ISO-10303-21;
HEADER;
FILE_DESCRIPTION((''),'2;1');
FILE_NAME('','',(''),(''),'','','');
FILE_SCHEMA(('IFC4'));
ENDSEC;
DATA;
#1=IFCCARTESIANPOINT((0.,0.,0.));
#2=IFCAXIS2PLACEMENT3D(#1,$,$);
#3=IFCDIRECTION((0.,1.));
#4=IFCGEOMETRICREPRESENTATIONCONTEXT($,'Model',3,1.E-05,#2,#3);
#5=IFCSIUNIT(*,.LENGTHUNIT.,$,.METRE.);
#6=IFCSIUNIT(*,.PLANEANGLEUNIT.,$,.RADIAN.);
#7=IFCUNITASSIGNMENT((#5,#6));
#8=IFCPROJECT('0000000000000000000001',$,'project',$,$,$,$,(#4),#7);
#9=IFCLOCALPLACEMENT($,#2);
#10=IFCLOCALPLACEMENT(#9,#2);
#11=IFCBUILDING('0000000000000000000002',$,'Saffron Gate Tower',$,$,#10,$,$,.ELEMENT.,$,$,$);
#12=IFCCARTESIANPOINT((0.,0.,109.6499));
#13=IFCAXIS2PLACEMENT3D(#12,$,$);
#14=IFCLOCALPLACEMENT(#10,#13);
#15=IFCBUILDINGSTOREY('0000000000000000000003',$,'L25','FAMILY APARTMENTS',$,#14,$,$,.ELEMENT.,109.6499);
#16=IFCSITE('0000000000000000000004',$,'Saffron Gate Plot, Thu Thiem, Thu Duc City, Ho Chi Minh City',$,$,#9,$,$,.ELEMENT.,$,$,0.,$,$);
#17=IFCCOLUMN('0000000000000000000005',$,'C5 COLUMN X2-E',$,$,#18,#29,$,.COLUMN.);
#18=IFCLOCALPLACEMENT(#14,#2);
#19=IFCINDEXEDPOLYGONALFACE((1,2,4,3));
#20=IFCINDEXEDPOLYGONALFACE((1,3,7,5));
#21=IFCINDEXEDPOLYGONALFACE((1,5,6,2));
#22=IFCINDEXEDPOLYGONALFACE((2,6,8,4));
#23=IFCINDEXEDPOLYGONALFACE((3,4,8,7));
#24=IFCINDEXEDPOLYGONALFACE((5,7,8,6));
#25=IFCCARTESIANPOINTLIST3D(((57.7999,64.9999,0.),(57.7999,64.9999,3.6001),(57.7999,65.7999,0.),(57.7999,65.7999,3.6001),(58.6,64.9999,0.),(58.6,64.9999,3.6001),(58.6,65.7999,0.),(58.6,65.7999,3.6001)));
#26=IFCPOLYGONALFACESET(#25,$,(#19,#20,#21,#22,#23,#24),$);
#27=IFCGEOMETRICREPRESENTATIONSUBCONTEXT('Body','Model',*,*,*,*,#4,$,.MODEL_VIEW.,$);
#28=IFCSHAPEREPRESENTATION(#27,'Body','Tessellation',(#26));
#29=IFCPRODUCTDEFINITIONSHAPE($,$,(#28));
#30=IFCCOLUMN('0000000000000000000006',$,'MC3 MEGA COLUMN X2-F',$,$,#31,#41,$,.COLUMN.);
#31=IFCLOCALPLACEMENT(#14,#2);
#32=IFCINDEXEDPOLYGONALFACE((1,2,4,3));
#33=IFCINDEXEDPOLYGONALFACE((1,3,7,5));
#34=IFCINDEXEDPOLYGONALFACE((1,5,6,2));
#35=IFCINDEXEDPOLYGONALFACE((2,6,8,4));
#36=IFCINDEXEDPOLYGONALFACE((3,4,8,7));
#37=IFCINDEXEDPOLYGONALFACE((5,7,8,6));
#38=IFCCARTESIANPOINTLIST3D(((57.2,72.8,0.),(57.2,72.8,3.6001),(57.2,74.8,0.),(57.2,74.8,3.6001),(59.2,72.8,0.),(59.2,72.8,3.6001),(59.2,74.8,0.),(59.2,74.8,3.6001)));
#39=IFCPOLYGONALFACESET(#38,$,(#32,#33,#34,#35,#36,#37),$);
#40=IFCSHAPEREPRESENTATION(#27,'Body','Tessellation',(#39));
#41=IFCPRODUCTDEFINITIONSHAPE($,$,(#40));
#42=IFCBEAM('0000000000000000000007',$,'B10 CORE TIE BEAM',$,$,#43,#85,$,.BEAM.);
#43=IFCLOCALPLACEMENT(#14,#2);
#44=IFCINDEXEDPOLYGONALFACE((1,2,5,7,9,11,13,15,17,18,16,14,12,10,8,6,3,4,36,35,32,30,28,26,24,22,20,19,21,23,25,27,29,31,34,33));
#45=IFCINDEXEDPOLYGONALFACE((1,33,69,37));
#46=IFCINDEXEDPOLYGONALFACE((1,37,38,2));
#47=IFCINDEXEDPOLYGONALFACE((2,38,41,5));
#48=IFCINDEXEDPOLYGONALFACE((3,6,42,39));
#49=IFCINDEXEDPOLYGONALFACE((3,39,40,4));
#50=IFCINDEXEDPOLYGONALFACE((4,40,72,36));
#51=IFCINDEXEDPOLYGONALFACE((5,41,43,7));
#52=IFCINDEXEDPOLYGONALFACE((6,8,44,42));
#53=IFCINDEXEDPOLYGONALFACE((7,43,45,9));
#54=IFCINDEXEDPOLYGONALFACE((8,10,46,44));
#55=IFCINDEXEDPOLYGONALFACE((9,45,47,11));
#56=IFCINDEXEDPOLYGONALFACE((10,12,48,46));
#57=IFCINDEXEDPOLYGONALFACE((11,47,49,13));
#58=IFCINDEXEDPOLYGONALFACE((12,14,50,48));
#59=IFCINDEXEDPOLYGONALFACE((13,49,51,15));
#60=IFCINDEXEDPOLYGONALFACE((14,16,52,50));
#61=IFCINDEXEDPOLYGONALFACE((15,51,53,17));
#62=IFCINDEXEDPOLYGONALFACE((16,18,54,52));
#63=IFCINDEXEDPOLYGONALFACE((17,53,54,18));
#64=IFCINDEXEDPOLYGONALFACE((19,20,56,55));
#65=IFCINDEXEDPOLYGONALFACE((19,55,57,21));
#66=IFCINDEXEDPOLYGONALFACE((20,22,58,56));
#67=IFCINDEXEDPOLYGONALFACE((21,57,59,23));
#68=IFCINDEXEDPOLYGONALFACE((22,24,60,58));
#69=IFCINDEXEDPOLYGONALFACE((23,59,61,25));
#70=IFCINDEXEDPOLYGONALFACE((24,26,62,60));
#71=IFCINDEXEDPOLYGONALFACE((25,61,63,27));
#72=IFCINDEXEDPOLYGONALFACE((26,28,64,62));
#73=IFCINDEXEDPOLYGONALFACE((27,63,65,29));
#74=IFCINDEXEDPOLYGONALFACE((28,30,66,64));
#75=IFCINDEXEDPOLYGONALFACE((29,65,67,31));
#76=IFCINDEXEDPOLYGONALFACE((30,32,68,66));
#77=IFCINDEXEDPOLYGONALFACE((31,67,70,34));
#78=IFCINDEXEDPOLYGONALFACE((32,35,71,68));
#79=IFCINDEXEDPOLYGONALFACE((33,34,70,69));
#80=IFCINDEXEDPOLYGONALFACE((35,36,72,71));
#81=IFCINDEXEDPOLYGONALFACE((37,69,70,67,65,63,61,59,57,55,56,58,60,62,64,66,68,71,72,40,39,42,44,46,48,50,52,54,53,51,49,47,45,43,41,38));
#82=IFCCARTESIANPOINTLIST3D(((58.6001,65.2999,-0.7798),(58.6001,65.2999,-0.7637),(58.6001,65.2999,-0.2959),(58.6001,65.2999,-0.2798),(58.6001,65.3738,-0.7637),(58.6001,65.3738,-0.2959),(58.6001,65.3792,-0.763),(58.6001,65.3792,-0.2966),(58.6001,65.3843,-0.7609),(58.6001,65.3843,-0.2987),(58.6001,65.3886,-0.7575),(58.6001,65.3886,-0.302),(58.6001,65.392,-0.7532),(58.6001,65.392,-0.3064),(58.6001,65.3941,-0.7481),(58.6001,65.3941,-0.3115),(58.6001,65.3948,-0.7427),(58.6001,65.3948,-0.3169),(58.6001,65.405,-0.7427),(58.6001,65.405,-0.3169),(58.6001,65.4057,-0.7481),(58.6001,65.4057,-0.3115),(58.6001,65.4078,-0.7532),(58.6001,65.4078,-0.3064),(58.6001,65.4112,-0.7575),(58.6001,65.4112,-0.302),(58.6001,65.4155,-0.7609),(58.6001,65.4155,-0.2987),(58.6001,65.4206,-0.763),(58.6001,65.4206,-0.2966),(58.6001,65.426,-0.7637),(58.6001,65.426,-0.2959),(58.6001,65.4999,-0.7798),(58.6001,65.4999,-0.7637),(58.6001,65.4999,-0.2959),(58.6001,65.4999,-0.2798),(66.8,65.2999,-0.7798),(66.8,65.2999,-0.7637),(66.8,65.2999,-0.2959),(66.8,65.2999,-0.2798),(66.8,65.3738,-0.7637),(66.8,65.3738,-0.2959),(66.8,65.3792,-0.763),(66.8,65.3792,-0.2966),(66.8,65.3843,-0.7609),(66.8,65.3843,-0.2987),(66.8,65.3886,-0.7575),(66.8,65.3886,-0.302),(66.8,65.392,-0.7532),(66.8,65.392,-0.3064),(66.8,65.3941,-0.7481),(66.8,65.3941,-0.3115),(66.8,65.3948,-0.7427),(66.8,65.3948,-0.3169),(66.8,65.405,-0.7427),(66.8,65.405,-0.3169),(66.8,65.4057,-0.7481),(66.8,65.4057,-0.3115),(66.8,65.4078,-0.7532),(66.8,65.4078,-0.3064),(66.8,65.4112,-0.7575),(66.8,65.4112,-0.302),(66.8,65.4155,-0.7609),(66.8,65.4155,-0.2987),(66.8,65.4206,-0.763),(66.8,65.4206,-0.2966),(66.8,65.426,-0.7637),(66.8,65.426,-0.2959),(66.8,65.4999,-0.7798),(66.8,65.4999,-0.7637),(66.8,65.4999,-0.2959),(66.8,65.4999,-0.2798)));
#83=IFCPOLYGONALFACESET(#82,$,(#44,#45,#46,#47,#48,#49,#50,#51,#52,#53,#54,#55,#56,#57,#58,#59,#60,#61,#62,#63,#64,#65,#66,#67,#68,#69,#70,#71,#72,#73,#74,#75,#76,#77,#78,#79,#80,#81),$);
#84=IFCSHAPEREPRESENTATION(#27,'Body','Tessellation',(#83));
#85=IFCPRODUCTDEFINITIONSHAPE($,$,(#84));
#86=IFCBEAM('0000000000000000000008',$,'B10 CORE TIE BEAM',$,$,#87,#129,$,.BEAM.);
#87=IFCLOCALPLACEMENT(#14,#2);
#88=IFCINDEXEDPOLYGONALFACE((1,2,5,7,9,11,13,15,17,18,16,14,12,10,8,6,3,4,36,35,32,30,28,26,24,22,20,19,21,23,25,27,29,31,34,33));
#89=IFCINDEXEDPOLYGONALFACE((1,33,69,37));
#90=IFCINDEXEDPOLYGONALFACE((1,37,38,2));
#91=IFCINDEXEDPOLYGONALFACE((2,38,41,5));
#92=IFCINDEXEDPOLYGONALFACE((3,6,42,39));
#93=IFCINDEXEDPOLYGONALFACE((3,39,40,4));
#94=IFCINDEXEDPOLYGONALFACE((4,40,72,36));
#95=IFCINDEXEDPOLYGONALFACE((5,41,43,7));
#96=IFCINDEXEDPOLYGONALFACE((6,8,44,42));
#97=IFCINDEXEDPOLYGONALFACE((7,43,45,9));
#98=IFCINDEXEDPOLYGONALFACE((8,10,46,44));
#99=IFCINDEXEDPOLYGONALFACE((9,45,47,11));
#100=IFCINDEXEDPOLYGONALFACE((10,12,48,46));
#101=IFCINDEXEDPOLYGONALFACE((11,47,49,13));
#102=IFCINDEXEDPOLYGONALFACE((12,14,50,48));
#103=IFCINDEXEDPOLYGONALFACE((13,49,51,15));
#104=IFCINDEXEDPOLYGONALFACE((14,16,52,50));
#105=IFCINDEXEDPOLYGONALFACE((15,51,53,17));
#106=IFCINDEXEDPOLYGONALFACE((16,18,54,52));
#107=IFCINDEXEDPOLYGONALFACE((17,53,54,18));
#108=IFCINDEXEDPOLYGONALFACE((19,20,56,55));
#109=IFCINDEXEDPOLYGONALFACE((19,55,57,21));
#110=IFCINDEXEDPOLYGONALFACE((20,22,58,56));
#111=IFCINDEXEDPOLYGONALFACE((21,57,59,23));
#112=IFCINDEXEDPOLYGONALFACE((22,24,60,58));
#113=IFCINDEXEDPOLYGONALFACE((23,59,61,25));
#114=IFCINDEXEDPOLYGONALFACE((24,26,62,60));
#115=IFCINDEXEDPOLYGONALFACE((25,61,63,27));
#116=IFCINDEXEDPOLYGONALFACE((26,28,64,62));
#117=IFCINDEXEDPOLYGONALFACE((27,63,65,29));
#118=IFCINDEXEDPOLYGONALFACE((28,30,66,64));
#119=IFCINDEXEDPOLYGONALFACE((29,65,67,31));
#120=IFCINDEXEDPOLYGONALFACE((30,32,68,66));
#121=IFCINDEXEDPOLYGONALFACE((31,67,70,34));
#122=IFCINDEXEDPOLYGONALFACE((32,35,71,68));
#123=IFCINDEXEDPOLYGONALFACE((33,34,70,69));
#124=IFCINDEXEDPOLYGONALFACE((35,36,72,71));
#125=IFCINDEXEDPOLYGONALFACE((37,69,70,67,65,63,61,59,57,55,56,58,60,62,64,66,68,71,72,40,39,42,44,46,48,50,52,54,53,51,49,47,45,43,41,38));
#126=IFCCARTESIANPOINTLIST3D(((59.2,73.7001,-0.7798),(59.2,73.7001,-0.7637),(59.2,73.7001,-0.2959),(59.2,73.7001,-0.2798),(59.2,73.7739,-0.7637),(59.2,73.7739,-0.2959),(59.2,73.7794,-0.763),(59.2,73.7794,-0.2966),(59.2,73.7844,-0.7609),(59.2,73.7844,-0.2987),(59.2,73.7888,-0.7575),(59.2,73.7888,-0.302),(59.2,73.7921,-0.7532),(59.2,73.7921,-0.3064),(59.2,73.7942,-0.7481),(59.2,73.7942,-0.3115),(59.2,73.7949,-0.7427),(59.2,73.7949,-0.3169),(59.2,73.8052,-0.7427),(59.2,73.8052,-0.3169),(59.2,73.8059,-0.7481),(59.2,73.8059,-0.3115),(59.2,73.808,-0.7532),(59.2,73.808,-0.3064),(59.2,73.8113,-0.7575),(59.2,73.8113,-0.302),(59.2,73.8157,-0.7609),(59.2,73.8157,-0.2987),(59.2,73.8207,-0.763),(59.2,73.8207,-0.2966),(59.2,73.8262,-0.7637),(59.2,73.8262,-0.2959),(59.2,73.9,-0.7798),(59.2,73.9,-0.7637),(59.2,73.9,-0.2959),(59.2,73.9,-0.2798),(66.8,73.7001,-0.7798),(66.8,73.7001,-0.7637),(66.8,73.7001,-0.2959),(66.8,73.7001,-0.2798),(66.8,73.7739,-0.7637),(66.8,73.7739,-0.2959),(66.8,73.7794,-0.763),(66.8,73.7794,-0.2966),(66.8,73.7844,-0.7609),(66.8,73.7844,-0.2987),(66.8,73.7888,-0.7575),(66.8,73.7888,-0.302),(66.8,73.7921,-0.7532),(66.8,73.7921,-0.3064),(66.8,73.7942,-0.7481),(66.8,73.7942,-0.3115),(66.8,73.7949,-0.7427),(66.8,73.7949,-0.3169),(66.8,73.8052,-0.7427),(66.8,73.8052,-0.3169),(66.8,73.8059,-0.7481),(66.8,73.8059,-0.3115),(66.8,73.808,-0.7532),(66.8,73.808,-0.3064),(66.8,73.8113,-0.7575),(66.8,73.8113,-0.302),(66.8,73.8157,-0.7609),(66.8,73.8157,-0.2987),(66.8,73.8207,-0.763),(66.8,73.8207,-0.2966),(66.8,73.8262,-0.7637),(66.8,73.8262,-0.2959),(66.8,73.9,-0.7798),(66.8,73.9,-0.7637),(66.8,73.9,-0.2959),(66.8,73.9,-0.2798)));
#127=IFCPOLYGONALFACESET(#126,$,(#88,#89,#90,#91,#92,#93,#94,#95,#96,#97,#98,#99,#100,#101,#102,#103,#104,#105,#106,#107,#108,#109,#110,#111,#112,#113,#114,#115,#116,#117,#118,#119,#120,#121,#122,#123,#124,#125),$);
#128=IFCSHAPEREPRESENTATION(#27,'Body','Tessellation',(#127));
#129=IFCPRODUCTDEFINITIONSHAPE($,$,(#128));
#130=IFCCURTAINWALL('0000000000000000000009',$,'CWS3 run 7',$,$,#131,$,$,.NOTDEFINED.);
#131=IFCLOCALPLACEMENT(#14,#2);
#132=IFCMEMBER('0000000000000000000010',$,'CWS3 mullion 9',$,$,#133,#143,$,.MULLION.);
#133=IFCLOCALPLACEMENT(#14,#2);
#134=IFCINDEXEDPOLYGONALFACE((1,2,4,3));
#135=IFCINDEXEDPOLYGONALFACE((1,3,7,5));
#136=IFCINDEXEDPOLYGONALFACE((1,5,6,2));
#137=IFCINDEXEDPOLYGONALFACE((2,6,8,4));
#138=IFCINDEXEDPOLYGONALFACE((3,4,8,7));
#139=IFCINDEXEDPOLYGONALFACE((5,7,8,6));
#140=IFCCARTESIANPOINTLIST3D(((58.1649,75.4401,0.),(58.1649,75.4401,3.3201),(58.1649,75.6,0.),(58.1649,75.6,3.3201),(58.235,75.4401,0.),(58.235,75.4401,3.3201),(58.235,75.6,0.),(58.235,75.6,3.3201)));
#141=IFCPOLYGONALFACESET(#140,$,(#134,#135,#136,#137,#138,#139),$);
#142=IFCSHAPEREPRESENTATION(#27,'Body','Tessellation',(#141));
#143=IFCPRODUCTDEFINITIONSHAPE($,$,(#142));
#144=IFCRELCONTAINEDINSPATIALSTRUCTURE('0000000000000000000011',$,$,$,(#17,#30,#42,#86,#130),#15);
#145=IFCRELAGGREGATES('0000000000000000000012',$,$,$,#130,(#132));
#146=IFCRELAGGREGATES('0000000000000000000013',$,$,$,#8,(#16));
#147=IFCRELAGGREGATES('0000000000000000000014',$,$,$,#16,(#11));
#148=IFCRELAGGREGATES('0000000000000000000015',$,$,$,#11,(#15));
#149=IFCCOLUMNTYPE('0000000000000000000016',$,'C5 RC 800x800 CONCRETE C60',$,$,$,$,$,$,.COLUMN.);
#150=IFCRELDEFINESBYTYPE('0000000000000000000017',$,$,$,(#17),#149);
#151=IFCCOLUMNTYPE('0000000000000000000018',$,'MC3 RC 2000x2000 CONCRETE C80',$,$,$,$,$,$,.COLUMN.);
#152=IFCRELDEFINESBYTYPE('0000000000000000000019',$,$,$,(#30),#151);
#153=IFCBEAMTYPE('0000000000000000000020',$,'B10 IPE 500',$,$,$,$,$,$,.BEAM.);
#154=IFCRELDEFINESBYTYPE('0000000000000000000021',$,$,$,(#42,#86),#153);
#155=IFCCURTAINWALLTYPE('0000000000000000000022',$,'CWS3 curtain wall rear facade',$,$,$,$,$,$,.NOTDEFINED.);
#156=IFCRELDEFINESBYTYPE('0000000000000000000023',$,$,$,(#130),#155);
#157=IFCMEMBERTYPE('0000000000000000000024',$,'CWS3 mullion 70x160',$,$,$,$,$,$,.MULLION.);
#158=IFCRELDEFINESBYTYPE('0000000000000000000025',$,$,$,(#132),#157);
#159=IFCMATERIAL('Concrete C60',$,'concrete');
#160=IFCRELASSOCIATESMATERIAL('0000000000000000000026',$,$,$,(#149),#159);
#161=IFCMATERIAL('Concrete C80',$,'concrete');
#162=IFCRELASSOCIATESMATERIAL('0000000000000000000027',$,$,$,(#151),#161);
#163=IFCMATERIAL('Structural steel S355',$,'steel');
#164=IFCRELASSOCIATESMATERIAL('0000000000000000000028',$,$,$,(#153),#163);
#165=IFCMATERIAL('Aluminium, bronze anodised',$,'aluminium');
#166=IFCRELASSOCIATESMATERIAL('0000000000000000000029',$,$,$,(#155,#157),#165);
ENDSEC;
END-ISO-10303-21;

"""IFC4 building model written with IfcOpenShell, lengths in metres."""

from ifc_helpers import new_model, si_unit, direction, frame, origin, origin_2d, place, context, subcontext, project, spatial, rectangle, i_section, extrude, material, material_profile, profile_set, type_object, element, aggregate, save


model = new_model("IFC4")

# Units and contexts
model_context = context("Model", 3, precision=1e-05, world=origin(), true_north=direction((0.0, 1.0)))
body_context = subcontext(model_context, "Body", "Model", "MODEL_VIEW")
ifc_project = project(units=[si_unit("LENGTHUNIT", "METRE"), si_unit("PLANEANGLEUNIT", "RADIAN")], contexts=[model_context])

# Site, building, storey
site_placement = place(None, origin())
site = spatial("IfcSite", under=ifc_project, at=site_placement, Name="Saffron Gate Plot, Thu Thiem, Thu Duc City, Ho Chi Minh City", CompositionType="ELEMENT", RefElevation=0.0)
building_placement = place(site_placement, origin())
building = spatial("IfcBuilding", under=site, at=building_placement, Name="Saffron Gate Tower", CompositionType="ELEMENT")
storey_placement = place(building_placement, frame((0.0, 0.0, 109.6499)))
storey = spatial("IfcBuildingStorey", under=building, at=storey_placement, Name="L25", Description="FAMILY APARTMENTS", CompositionType="ELEMENT", Elevation=109.6499)

# Columns
ifc_material_1 = material(Name="Concrete C60", Category="concrete")
ifc_material_profile_1 = material_profile(ifc_material_1, rectangle(XDim=0.8, YDim=0.8, at=origin_2d()))
ifc_profile_set_1 = profile_set([ifc_material_profile_1], Name="Concrete C60")
column_type_1 = type_object("IfcColumnType", Name="C5 RC 800x800 CONCRETE C60", PredefinedType="COLUMN", material=ifc_profile_set_1)
column_1_placement = place(storey_placement, frame((58.2, 65.3999, 0.0), z_axis=(0.0, 0.0, 1.0), x_axis=(1.0, 0.0, 0.0)))
element("IfcColumn", 1, at=column_1_placement, inside=storey, type_object=column_type_1, Name="C5 COLUMN X2-E", PredefinedType="COLUMN", context=body_context, shape_type="SweptSolid", body=[
    extrude(rectangle(XDim=0.8, YDim=0.8, at=origin_2d()), origin(), (0.0, 0.0, 1.0), 3.6001),
])
ifc_material_2 = material(Name="Concrete C80", Category="concrete")
ifc_material_profile_2 = material_profile(ifc_material_2, rectangle(XDim=2.0, YDim=2.0, at=origin_2d()))
ifc_profile_set_2 = profile_set([ifc_material_profile_2], Name="Concrete C80")
column_type_2 = type_object("IfcColumnType", Name="MC3 RC 2000x2000 CONCRETE C80", PredefinedType="COLUMN", material=ifc_profile_set_2)
column_2_placement = place(storey_placement, frame((58.2, 73.8, 0.0), z_axis=(0.0, 0.0, 1.0), x_axis=(1.0, 0.0, 0.0)))
element("IfcColumn", 2, at=column_2_placement, inside=storey, type_object=column_type_2, Name="MC3 MEGA COLUMN X2-F", PredefinedType="COLUMN", context=body_context, shape_type="SweptSolid", body=[
    extrude(rectangle(XDim=2.0, YDim=2.0, at=origin_2d()), origin(), (0.0, 0.0, 1.0), 3.6001),
])

# Beams
ifc_material_3 = material(Name="Structural steel S355", Category="steel")
ifc_material_profile_3 = material_profile(ifc_material_3, i_section(OverallWidth=0.2, OverallDepth=0.5, WebThickness=0.0103, FlangeThickness=0.0161, FilletRadius=0.021, at=origin_2d()))
ifc_profile_set_3 = profile_set([ifc_material_profile_3], Name="Structural steel S355")
beam_type = type_object("IfcBeamType", Name="B10 IPE 500", PredefinedType="BEAM", material=ifc_profile_set_3)
beam_1_placement = place(storey_placement, frame((58.6001, 65.3999, -0.5298), z_axis=(1.0, 0.0, 0.0), x_axis=(0.0, 1.0, 0.0)))
element("IfcBeam", 3, at=beam_1_placement, inside=storey, type_object=beam_type, Name="B10 CORE TIE BEAM", PredefinedType="BEAM", context=body_context, shape_type="SweptSolid", body=[
    extrude(i_section(OverallWidth=0.2, OverallDepth=0.5, WebThickness=0.0103, FlangeThickness=0.0161, FilletRadius=0.021, at=origin_2d()), origin(), (0.0, 0.0, 1.0), 8.2),
])
beam_2_placement = place(storey_placement, frame((59.2, 73.8, -0.5298), z_axis=(1.0, 0.0, 0.0), x_axis=(0.0, 1.0, 0.0)))
element("IfcBeam", 4, at=beam_2_placement, inside=storey, type_object=beam_type, Name="B10 CORE TIE BEAM", PredefinedType="BEAM", context=body_context, shape_type="SweptSolid", body=[
    extrude(i_section(OverallWidth=0.2, OverallDepth=0.5, WebThickness=0.0103, FlangeThickness=0.0161, FilletRadius=0.021, at=origin_2d()), origin(), (0.0, 0.0, 1.0), 7.6001),
])

# Curtain wall, member
ifc_material_4 = material(Name="Aluminium, bronze anodised", Category="aluminium")
curtain_wall_type = type_object("IfcCurtainWallType", Name="CWS3 curtain wall rear facade", PredefinedType="NOTDEFINED", material=ifc_material_4)
curtain_wall_placement = place(storey_placement, origin())
curtain_wall = element("IfcCurtainWall", 5, at=curtain_wall_placement, inside=storey, type_object=curtain_wall_type, Name="CWS3 run 7", PredefinedType="NOTDEFINED")
ifc_material_profile_4 = material_profile(ifc_material_4, rectangle(XDim=0.1599, YDim=0.0701, at=origin_2d()))
ifc_profile_set_4 = profile_set([ifc_material_profile_4], Name="Aluminium, bronze anodised")
member_type = type_object("IfcMemberType", Name="CWS3 mullion 70x160", PredefinedType="MULLION", material=ifc_profile_set_4)
member_placement = place(storey_placement, frame((58.2, 75.52, 0.0), z_axis=(0.0, 0.0, 1.0), x_axis=(0.0, -1.0, 0.0)))
member = element("IfcMember", 6, at=member_placement, type_object=member_type, Name="CWS3 mullion 9", PredefinedType="MULLION", context=body_context, shape_type="SweptSolid", body=[
    extrude(rectangle(XDim=0.1599, YDim=0.0701, at=origin_2d()), origin(), (0.0, 0.0, 1.0), 3.3201),
])
aggregate(curtain_wall, [member])

save(model, "model.ifc")
